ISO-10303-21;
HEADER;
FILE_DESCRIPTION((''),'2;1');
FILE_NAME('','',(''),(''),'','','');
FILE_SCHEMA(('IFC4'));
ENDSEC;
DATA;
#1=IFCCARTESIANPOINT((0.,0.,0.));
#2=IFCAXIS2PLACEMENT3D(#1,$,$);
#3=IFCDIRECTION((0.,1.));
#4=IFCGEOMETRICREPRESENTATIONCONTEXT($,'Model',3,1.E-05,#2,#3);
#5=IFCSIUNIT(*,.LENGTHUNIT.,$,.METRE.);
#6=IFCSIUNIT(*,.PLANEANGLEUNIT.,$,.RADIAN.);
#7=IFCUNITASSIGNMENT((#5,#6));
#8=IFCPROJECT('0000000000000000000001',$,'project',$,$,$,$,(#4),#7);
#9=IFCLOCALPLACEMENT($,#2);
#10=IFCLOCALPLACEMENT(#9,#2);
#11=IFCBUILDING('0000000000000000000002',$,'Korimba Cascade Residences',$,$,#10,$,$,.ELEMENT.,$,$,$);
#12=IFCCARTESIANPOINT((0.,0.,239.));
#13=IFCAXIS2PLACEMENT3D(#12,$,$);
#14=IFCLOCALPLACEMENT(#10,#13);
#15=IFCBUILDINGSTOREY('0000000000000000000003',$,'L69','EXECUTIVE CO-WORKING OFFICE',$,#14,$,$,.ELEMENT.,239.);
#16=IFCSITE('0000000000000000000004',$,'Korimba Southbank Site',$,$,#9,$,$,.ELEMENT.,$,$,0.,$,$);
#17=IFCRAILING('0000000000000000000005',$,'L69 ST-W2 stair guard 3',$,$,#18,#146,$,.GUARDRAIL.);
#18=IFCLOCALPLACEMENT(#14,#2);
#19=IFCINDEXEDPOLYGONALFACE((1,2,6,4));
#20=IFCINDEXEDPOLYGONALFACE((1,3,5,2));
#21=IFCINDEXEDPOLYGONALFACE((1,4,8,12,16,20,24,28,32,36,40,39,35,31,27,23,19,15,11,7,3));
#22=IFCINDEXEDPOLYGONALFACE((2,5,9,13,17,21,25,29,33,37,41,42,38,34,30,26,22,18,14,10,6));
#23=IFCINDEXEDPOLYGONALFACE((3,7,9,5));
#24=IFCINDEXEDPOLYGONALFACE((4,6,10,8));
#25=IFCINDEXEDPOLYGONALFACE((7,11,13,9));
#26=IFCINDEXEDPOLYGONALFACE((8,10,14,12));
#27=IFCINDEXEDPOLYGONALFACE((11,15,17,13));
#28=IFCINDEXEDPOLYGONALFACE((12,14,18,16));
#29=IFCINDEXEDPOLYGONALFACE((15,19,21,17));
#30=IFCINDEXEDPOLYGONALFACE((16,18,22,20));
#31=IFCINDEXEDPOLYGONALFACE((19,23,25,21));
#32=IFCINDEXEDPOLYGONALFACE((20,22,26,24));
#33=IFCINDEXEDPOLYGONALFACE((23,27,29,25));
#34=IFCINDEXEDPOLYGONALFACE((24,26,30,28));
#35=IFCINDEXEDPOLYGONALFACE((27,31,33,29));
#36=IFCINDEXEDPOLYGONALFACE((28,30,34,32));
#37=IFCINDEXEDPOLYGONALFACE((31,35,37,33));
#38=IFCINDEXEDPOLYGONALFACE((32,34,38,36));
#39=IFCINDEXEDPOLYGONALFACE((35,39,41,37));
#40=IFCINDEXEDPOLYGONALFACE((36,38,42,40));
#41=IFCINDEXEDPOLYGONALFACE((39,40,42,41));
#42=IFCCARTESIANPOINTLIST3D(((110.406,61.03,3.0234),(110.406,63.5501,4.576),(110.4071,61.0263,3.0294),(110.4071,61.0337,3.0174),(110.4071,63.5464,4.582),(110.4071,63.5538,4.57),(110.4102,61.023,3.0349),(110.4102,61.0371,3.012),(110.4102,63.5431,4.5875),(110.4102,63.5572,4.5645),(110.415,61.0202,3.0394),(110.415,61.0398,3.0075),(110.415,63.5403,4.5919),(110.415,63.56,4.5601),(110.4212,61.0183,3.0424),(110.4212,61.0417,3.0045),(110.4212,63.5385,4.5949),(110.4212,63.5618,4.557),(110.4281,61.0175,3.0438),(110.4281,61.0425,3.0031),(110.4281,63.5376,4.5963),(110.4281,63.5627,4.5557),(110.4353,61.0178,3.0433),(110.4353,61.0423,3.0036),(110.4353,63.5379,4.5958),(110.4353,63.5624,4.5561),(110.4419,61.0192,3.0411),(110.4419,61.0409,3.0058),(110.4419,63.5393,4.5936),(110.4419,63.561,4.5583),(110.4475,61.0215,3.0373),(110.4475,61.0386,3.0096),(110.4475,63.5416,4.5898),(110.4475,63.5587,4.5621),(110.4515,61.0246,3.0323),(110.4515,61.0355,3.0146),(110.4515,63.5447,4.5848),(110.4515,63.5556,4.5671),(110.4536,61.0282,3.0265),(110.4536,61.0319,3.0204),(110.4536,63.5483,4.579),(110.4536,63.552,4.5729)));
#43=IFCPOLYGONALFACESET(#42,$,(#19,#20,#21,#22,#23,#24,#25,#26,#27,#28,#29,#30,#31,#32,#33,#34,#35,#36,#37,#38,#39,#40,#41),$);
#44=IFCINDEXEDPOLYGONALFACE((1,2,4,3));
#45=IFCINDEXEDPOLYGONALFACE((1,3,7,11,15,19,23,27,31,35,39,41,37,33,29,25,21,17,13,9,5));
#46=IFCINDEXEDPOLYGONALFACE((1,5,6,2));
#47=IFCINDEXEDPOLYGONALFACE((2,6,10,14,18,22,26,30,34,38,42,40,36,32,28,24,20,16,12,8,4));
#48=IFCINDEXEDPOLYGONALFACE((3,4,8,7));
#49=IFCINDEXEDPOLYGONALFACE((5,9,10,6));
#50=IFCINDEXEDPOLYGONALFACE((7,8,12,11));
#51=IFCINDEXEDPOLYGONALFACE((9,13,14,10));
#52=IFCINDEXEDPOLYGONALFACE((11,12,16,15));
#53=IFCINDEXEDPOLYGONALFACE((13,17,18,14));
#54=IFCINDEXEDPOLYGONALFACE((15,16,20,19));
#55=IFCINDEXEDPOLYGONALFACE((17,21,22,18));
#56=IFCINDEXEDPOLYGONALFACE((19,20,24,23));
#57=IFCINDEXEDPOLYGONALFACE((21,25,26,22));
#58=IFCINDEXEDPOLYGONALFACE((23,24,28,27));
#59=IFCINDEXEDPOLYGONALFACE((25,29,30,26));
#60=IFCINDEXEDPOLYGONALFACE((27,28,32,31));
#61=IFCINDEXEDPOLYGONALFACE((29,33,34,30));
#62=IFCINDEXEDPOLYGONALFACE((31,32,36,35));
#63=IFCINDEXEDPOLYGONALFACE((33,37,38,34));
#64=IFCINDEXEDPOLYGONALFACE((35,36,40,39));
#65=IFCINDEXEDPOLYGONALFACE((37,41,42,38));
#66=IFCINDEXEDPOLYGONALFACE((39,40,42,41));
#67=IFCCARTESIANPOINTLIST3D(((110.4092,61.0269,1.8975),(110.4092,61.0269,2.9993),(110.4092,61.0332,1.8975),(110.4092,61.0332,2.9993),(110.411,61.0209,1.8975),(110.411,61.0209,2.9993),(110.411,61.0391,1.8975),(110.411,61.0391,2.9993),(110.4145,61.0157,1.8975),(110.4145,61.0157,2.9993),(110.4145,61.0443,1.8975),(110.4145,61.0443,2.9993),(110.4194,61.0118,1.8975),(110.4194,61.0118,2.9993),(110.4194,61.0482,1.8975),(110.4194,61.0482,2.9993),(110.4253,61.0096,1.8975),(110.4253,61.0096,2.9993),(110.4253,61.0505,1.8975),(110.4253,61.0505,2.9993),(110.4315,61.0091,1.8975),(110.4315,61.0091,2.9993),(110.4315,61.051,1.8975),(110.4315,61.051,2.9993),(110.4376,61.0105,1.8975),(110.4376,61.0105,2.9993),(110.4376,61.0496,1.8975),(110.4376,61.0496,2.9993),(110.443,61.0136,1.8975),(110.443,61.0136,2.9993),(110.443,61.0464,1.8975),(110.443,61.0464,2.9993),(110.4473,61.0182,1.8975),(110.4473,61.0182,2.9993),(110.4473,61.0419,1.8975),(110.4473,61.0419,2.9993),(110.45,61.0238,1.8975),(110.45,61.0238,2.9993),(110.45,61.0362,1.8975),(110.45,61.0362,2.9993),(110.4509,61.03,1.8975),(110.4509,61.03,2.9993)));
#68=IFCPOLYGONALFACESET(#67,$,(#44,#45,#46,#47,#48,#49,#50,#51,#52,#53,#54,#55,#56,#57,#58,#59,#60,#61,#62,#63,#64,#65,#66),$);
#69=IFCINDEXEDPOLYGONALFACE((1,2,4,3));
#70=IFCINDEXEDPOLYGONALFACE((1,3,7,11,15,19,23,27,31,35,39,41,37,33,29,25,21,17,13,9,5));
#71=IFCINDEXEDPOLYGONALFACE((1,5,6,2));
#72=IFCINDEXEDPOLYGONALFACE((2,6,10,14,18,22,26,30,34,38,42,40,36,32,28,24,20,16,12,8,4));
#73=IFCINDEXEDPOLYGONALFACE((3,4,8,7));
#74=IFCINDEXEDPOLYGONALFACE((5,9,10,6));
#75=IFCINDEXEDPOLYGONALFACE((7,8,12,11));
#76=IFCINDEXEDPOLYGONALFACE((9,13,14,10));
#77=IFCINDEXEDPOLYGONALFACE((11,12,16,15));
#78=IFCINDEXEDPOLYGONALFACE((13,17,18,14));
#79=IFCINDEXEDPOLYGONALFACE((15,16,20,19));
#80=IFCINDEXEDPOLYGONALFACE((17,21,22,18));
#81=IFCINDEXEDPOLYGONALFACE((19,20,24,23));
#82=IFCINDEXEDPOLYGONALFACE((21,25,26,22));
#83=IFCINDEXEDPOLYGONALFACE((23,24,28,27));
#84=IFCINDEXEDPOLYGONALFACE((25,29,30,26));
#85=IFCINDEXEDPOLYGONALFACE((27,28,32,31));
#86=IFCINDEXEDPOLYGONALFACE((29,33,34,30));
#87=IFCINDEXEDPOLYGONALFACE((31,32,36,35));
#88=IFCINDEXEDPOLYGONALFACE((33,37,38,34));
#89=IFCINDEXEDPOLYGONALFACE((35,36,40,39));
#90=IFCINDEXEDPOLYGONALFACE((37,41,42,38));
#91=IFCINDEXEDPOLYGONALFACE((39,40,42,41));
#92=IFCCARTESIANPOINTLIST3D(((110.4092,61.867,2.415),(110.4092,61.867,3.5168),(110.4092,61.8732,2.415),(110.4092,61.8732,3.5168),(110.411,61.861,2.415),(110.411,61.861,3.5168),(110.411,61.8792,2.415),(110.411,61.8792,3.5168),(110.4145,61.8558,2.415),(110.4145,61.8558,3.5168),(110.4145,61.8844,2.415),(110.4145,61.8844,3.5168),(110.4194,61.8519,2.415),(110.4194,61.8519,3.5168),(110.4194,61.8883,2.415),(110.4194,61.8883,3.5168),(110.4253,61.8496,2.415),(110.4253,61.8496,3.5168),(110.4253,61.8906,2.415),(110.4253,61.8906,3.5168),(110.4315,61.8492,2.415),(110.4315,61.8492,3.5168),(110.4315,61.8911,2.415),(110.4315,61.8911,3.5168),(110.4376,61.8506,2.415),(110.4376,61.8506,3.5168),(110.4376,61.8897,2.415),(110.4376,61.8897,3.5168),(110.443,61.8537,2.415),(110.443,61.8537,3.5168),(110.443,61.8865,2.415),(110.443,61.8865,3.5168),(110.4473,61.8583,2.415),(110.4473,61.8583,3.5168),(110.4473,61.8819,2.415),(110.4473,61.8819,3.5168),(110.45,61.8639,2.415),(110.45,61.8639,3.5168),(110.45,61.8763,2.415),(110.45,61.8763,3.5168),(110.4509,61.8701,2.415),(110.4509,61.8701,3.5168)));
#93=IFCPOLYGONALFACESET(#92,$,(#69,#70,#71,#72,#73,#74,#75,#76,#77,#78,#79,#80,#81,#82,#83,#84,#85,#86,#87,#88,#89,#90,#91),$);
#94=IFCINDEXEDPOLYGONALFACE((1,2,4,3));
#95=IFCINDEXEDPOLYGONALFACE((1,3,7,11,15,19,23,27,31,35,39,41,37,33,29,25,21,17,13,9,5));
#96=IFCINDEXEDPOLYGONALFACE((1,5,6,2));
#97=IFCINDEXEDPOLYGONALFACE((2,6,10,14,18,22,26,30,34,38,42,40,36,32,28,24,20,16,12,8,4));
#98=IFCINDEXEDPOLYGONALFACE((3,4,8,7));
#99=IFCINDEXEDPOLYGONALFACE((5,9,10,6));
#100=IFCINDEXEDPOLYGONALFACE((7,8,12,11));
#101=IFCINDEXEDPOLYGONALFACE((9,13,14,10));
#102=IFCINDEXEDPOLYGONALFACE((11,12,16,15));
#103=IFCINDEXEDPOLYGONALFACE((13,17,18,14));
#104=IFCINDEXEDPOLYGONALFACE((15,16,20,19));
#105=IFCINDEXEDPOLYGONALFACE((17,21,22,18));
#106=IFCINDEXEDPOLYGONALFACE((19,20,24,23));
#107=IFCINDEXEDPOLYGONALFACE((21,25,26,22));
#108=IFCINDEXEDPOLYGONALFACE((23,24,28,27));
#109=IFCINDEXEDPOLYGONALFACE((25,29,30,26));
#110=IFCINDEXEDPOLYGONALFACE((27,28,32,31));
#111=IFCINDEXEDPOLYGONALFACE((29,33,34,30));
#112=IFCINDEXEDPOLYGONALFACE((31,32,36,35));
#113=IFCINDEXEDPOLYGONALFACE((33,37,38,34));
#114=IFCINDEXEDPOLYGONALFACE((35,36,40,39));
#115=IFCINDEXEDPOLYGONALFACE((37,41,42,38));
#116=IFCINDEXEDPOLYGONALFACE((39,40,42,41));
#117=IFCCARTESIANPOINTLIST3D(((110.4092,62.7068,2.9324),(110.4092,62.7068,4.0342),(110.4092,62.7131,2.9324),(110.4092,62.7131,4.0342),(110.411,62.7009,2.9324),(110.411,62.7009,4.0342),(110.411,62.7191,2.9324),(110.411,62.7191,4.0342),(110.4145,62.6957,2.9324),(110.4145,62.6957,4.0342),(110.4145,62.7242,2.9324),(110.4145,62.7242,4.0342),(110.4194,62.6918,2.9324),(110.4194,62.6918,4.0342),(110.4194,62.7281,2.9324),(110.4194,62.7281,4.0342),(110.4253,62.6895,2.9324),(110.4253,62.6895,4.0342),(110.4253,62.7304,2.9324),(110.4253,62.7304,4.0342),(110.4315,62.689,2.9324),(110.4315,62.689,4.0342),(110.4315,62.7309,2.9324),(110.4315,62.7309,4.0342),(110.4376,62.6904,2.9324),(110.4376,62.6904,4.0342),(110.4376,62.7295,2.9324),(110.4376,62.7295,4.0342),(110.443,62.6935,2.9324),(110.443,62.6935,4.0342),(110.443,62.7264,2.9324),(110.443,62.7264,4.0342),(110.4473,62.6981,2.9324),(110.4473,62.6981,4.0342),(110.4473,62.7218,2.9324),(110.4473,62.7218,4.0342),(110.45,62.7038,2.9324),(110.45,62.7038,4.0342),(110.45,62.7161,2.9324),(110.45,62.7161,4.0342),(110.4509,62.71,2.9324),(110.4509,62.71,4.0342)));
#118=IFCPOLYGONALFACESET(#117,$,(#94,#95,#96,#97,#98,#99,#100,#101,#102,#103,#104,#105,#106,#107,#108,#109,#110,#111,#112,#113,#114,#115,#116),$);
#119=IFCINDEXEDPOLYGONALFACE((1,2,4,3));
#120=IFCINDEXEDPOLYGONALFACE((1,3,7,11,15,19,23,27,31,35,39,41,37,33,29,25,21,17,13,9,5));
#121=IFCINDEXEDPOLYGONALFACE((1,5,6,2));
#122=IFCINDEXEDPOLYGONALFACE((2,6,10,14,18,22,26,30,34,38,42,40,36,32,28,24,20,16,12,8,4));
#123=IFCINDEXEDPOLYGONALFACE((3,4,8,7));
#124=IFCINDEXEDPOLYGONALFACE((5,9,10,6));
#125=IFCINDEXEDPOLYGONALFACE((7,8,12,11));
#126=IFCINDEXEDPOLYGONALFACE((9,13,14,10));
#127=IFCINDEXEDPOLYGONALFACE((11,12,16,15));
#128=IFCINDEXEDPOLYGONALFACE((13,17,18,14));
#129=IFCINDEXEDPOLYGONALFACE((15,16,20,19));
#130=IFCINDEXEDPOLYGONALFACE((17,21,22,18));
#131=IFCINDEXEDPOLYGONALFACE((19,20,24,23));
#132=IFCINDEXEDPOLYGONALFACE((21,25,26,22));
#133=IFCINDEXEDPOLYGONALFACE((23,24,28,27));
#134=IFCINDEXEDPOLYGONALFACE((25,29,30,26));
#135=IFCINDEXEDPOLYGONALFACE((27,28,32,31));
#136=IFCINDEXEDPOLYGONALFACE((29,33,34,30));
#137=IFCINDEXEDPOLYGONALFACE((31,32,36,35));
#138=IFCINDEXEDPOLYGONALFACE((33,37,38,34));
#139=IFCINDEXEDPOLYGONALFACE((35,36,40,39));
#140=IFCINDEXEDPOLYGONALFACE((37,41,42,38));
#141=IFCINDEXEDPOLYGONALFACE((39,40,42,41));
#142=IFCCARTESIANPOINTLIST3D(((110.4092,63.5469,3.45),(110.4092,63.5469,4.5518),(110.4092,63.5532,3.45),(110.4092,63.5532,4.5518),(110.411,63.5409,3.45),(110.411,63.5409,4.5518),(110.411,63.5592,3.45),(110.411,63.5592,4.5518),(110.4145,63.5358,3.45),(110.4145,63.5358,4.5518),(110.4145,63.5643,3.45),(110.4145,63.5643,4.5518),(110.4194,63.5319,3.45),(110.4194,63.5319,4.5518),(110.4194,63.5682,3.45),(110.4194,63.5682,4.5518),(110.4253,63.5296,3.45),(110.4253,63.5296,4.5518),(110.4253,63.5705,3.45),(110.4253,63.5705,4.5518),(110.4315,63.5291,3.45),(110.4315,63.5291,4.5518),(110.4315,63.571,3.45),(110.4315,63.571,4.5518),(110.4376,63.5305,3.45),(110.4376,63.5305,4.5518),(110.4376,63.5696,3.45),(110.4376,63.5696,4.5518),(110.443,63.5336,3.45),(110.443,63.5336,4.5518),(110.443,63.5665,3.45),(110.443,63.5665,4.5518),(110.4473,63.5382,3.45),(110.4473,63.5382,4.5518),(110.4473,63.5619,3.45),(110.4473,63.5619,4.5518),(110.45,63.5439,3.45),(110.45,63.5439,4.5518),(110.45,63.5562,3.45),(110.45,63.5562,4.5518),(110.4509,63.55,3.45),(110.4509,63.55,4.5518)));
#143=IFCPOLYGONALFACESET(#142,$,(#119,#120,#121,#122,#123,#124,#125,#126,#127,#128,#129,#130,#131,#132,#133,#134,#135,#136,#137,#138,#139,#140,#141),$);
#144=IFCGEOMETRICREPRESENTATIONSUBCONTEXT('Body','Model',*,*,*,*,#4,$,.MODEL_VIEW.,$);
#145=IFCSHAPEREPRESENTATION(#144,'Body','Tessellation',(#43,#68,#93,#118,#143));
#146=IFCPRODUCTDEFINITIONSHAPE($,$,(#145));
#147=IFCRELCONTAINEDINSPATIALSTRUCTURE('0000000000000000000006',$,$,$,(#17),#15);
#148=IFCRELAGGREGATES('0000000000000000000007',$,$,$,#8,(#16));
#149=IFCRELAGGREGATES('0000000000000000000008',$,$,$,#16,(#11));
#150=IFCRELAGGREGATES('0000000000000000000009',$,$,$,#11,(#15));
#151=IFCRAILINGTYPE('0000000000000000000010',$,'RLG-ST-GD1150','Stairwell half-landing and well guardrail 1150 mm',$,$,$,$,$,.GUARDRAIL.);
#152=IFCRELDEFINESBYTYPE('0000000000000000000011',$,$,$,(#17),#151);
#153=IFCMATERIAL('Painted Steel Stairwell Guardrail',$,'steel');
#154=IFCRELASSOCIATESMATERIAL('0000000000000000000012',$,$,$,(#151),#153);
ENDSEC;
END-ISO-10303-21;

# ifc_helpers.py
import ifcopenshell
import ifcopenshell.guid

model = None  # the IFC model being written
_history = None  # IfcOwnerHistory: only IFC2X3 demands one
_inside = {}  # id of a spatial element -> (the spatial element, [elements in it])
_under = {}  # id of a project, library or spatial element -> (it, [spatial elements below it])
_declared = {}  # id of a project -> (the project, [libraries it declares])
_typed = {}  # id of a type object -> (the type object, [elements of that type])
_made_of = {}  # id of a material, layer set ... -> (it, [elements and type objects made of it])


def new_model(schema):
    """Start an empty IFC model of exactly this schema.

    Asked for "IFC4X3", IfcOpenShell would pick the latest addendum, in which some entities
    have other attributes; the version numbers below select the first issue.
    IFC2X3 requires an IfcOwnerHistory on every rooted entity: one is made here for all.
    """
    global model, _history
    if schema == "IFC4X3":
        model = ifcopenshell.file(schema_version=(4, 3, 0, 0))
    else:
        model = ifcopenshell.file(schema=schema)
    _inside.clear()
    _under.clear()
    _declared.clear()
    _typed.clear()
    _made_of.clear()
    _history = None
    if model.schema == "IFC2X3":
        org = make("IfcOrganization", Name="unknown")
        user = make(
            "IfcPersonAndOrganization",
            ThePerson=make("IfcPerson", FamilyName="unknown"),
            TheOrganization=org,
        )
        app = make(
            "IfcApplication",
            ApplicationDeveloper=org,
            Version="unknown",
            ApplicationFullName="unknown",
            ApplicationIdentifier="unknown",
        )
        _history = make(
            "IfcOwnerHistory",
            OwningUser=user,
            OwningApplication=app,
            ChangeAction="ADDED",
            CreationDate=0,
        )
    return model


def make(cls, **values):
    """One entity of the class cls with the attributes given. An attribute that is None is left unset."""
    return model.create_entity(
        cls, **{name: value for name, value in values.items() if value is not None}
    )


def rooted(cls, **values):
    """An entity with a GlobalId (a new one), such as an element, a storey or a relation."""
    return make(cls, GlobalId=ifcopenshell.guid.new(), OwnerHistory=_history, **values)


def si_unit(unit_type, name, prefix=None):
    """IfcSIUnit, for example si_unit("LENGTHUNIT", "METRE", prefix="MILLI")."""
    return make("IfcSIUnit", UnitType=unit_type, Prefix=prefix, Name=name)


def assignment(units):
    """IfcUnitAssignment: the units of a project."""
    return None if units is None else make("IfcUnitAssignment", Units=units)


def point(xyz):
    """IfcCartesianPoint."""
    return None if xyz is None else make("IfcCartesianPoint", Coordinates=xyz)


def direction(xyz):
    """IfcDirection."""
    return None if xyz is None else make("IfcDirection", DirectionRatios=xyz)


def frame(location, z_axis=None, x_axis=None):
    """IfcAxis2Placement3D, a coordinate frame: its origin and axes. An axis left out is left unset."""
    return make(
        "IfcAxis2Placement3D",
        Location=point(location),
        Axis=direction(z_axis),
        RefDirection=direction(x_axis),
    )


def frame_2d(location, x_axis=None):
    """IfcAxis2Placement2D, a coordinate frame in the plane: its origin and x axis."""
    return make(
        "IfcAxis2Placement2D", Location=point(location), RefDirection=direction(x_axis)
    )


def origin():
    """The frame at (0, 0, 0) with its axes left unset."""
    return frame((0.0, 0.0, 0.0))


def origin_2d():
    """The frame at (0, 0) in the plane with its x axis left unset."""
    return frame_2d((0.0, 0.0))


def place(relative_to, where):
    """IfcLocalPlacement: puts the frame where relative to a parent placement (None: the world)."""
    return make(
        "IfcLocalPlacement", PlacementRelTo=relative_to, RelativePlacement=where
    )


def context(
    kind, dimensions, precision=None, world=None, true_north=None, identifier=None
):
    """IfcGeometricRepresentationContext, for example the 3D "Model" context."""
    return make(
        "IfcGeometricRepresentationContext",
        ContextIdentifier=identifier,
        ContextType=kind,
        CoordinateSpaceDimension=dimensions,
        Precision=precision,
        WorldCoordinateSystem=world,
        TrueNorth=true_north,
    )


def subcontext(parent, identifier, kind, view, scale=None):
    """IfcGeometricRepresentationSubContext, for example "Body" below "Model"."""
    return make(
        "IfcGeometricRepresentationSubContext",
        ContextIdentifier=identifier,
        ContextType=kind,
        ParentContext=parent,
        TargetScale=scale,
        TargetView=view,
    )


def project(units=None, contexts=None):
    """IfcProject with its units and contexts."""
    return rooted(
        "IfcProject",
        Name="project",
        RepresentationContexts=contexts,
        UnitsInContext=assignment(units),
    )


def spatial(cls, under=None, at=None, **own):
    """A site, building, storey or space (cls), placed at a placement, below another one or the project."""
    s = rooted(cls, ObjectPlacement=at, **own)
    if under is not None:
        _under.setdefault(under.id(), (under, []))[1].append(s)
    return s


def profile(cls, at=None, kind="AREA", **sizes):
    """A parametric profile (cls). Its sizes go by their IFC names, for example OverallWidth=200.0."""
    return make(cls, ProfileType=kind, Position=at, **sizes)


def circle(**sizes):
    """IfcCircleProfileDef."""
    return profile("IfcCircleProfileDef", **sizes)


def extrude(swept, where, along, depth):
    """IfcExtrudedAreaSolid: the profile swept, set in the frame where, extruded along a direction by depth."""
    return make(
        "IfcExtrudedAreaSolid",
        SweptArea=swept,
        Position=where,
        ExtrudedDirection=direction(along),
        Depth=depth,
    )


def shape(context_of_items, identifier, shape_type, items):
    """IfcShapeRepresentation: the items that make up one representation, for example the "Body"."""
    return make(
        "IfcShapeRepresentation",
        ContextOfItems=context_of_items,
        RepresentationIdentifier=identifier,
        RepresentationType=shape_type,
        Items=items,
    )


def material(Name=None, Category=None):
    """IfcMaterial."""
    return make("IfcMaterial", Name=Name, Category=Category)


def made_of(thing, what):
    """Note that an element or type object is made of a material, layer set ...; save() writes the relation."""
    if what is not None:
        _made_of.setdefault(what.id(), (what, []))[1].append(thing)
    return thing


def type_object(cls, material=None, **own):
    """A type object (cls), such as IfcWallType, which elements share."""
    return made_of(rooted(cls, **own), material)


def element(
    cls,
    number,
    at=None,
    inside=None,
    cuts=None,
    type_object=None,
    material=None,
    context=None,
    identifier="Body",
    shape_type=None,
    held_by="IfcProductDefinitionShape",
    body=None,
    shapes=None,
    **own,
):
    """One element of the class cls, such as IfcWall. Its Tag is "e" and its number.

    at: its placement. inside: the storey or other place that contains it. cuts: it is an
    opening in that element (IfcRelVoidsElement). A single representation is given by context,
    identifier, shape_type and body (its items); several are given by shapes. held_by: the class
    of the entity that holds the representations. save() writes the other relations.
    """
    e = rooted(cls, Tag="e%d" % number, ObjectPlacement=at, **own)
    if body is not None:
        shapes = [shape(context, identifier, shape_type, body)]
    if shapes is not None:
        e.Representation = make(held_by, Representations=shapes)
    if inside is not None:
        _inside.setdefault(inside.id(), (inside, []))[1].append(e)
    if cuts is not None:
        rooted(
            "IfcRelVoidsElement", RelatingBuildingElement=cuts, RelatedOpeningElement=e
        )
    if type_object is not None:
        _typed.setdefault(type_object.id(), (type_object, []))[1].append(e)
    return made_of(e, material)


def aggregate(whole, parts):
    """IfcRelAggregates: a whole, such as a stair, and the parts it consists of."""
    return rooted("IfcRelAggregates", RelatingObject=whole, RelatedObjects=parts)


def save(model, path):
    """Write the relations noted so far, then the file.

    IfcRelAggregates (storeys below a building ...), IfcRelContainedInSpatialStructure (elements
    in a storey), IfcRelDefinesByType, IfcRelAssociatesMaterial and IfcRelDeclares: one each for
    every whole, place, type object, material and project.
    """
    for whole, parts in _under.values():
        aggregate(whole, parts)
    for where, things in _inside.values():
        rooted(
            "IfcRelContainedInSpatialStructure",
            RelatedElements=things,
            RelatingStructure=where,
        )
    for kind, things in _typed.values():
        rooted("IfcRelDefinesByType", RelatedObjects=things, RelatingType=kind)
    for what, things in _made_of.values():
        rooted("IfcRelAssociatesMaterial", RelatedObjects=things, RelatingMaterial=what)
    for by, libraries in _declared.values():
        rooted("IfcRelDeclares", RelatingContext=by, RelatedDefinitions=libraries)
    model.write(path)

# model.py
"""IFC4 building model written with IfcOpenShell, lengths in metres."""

from ifc_helpers import new_model, si_unit, direction, frame, origin, origin_2d, place, context, subcontext, project, spatial, circle, extrude, material, type_object, element, save


model = new_model("IFC4")

# Units and contexts
model_context = context("Model", 3, precision=1e-05, world=origin(), true_north=direction((0.0, 1.0)))
body_context = subcontext(model_context, "Body", "Model", "MODEL_VIEW")
ifc_project = project(units=[si_unit("LENGTHUNIT", "METRE"), si_unit("PLANEANGLEUNIT", "RADIAN")], contexts=[model_context])

# Site, building, storey
site_placement = place(None, origin())
site = spatial("IfcSite", under=ifc_project, at=site_placement, Name="Korimba Southbank Site", CompositionType="ELEMENT", RefElevation=0.0)
building_placement = place(site_placement, origin())
building = spatial("IfcBuilding", under=site, at=building_placement, Name="Korimba Cascade Residences", CompositionType="ELEMENT")
storey_placement = place(building_placement, frame((0.0, 0.0, 239.0)))
storey = spatial("IfcBuildingStorey", under=building, at=storey_placement, Name="L69", Description="EXECUTIVE CO-WORKING OFFICE", CompositionType="ELEMENT", Elevation=239.0)

# Railing
ifc_material_1 = material(Name="Painted Steel Stairwell Guardrail", Category="steel")
railing_type_1 = type_object("IfcRailingType", Name="RLG-ST-GD1150", Description="Stairwell half-landing and well guardrail 1150 mm", PredefinedType="GUARDRAIL", material=ifc_material_1)
railing_1_placement = place(storey_placement, frame((110.4299, 61.03, 1.8975)))
element("IfcRailing", 1, at=railing_1_placement, inside=storey, type_object=railing_type_1, Name="L69 ST-W2 stair guard 3", PredefinedType="GUARDRAIL", context=body_context, shape_type="SweptSolid", body=[
    extrude(circle(Radius=0.0239, at=origin_2d()), frame((0.0, 0.0, 1.126), z_axis=(0.0, 0.8514, 0.524516), x_axis=(-1.0, 0.0, 0.0)), (0.0, 0.0, 1.0), 2.96),
    extrude(circle(Radius=0.021, at=origin_2d()), origin(), (0.0, 0.0, 1.0), 1.1018),
    extrude(circle(Radius=0.021, at=origin_2d()), frame((0.0, 0.8401, 0.5176)), (0.0, 0.0, 1.0), 1.1018),
    extrude(circle(Radius=0.021, at=origin_2d()), frame((0.0, 1.6799, 1.0349)), (0.0, 0.0, 1.0), 1.1018),
    extrude(circle(Radius=0.021, at=origin_2d()), frame((0.0, 2.52, 1.5525)), (0.0, 0.0, 1.0), 1.1018),
])

save(model, "model.ifc")
